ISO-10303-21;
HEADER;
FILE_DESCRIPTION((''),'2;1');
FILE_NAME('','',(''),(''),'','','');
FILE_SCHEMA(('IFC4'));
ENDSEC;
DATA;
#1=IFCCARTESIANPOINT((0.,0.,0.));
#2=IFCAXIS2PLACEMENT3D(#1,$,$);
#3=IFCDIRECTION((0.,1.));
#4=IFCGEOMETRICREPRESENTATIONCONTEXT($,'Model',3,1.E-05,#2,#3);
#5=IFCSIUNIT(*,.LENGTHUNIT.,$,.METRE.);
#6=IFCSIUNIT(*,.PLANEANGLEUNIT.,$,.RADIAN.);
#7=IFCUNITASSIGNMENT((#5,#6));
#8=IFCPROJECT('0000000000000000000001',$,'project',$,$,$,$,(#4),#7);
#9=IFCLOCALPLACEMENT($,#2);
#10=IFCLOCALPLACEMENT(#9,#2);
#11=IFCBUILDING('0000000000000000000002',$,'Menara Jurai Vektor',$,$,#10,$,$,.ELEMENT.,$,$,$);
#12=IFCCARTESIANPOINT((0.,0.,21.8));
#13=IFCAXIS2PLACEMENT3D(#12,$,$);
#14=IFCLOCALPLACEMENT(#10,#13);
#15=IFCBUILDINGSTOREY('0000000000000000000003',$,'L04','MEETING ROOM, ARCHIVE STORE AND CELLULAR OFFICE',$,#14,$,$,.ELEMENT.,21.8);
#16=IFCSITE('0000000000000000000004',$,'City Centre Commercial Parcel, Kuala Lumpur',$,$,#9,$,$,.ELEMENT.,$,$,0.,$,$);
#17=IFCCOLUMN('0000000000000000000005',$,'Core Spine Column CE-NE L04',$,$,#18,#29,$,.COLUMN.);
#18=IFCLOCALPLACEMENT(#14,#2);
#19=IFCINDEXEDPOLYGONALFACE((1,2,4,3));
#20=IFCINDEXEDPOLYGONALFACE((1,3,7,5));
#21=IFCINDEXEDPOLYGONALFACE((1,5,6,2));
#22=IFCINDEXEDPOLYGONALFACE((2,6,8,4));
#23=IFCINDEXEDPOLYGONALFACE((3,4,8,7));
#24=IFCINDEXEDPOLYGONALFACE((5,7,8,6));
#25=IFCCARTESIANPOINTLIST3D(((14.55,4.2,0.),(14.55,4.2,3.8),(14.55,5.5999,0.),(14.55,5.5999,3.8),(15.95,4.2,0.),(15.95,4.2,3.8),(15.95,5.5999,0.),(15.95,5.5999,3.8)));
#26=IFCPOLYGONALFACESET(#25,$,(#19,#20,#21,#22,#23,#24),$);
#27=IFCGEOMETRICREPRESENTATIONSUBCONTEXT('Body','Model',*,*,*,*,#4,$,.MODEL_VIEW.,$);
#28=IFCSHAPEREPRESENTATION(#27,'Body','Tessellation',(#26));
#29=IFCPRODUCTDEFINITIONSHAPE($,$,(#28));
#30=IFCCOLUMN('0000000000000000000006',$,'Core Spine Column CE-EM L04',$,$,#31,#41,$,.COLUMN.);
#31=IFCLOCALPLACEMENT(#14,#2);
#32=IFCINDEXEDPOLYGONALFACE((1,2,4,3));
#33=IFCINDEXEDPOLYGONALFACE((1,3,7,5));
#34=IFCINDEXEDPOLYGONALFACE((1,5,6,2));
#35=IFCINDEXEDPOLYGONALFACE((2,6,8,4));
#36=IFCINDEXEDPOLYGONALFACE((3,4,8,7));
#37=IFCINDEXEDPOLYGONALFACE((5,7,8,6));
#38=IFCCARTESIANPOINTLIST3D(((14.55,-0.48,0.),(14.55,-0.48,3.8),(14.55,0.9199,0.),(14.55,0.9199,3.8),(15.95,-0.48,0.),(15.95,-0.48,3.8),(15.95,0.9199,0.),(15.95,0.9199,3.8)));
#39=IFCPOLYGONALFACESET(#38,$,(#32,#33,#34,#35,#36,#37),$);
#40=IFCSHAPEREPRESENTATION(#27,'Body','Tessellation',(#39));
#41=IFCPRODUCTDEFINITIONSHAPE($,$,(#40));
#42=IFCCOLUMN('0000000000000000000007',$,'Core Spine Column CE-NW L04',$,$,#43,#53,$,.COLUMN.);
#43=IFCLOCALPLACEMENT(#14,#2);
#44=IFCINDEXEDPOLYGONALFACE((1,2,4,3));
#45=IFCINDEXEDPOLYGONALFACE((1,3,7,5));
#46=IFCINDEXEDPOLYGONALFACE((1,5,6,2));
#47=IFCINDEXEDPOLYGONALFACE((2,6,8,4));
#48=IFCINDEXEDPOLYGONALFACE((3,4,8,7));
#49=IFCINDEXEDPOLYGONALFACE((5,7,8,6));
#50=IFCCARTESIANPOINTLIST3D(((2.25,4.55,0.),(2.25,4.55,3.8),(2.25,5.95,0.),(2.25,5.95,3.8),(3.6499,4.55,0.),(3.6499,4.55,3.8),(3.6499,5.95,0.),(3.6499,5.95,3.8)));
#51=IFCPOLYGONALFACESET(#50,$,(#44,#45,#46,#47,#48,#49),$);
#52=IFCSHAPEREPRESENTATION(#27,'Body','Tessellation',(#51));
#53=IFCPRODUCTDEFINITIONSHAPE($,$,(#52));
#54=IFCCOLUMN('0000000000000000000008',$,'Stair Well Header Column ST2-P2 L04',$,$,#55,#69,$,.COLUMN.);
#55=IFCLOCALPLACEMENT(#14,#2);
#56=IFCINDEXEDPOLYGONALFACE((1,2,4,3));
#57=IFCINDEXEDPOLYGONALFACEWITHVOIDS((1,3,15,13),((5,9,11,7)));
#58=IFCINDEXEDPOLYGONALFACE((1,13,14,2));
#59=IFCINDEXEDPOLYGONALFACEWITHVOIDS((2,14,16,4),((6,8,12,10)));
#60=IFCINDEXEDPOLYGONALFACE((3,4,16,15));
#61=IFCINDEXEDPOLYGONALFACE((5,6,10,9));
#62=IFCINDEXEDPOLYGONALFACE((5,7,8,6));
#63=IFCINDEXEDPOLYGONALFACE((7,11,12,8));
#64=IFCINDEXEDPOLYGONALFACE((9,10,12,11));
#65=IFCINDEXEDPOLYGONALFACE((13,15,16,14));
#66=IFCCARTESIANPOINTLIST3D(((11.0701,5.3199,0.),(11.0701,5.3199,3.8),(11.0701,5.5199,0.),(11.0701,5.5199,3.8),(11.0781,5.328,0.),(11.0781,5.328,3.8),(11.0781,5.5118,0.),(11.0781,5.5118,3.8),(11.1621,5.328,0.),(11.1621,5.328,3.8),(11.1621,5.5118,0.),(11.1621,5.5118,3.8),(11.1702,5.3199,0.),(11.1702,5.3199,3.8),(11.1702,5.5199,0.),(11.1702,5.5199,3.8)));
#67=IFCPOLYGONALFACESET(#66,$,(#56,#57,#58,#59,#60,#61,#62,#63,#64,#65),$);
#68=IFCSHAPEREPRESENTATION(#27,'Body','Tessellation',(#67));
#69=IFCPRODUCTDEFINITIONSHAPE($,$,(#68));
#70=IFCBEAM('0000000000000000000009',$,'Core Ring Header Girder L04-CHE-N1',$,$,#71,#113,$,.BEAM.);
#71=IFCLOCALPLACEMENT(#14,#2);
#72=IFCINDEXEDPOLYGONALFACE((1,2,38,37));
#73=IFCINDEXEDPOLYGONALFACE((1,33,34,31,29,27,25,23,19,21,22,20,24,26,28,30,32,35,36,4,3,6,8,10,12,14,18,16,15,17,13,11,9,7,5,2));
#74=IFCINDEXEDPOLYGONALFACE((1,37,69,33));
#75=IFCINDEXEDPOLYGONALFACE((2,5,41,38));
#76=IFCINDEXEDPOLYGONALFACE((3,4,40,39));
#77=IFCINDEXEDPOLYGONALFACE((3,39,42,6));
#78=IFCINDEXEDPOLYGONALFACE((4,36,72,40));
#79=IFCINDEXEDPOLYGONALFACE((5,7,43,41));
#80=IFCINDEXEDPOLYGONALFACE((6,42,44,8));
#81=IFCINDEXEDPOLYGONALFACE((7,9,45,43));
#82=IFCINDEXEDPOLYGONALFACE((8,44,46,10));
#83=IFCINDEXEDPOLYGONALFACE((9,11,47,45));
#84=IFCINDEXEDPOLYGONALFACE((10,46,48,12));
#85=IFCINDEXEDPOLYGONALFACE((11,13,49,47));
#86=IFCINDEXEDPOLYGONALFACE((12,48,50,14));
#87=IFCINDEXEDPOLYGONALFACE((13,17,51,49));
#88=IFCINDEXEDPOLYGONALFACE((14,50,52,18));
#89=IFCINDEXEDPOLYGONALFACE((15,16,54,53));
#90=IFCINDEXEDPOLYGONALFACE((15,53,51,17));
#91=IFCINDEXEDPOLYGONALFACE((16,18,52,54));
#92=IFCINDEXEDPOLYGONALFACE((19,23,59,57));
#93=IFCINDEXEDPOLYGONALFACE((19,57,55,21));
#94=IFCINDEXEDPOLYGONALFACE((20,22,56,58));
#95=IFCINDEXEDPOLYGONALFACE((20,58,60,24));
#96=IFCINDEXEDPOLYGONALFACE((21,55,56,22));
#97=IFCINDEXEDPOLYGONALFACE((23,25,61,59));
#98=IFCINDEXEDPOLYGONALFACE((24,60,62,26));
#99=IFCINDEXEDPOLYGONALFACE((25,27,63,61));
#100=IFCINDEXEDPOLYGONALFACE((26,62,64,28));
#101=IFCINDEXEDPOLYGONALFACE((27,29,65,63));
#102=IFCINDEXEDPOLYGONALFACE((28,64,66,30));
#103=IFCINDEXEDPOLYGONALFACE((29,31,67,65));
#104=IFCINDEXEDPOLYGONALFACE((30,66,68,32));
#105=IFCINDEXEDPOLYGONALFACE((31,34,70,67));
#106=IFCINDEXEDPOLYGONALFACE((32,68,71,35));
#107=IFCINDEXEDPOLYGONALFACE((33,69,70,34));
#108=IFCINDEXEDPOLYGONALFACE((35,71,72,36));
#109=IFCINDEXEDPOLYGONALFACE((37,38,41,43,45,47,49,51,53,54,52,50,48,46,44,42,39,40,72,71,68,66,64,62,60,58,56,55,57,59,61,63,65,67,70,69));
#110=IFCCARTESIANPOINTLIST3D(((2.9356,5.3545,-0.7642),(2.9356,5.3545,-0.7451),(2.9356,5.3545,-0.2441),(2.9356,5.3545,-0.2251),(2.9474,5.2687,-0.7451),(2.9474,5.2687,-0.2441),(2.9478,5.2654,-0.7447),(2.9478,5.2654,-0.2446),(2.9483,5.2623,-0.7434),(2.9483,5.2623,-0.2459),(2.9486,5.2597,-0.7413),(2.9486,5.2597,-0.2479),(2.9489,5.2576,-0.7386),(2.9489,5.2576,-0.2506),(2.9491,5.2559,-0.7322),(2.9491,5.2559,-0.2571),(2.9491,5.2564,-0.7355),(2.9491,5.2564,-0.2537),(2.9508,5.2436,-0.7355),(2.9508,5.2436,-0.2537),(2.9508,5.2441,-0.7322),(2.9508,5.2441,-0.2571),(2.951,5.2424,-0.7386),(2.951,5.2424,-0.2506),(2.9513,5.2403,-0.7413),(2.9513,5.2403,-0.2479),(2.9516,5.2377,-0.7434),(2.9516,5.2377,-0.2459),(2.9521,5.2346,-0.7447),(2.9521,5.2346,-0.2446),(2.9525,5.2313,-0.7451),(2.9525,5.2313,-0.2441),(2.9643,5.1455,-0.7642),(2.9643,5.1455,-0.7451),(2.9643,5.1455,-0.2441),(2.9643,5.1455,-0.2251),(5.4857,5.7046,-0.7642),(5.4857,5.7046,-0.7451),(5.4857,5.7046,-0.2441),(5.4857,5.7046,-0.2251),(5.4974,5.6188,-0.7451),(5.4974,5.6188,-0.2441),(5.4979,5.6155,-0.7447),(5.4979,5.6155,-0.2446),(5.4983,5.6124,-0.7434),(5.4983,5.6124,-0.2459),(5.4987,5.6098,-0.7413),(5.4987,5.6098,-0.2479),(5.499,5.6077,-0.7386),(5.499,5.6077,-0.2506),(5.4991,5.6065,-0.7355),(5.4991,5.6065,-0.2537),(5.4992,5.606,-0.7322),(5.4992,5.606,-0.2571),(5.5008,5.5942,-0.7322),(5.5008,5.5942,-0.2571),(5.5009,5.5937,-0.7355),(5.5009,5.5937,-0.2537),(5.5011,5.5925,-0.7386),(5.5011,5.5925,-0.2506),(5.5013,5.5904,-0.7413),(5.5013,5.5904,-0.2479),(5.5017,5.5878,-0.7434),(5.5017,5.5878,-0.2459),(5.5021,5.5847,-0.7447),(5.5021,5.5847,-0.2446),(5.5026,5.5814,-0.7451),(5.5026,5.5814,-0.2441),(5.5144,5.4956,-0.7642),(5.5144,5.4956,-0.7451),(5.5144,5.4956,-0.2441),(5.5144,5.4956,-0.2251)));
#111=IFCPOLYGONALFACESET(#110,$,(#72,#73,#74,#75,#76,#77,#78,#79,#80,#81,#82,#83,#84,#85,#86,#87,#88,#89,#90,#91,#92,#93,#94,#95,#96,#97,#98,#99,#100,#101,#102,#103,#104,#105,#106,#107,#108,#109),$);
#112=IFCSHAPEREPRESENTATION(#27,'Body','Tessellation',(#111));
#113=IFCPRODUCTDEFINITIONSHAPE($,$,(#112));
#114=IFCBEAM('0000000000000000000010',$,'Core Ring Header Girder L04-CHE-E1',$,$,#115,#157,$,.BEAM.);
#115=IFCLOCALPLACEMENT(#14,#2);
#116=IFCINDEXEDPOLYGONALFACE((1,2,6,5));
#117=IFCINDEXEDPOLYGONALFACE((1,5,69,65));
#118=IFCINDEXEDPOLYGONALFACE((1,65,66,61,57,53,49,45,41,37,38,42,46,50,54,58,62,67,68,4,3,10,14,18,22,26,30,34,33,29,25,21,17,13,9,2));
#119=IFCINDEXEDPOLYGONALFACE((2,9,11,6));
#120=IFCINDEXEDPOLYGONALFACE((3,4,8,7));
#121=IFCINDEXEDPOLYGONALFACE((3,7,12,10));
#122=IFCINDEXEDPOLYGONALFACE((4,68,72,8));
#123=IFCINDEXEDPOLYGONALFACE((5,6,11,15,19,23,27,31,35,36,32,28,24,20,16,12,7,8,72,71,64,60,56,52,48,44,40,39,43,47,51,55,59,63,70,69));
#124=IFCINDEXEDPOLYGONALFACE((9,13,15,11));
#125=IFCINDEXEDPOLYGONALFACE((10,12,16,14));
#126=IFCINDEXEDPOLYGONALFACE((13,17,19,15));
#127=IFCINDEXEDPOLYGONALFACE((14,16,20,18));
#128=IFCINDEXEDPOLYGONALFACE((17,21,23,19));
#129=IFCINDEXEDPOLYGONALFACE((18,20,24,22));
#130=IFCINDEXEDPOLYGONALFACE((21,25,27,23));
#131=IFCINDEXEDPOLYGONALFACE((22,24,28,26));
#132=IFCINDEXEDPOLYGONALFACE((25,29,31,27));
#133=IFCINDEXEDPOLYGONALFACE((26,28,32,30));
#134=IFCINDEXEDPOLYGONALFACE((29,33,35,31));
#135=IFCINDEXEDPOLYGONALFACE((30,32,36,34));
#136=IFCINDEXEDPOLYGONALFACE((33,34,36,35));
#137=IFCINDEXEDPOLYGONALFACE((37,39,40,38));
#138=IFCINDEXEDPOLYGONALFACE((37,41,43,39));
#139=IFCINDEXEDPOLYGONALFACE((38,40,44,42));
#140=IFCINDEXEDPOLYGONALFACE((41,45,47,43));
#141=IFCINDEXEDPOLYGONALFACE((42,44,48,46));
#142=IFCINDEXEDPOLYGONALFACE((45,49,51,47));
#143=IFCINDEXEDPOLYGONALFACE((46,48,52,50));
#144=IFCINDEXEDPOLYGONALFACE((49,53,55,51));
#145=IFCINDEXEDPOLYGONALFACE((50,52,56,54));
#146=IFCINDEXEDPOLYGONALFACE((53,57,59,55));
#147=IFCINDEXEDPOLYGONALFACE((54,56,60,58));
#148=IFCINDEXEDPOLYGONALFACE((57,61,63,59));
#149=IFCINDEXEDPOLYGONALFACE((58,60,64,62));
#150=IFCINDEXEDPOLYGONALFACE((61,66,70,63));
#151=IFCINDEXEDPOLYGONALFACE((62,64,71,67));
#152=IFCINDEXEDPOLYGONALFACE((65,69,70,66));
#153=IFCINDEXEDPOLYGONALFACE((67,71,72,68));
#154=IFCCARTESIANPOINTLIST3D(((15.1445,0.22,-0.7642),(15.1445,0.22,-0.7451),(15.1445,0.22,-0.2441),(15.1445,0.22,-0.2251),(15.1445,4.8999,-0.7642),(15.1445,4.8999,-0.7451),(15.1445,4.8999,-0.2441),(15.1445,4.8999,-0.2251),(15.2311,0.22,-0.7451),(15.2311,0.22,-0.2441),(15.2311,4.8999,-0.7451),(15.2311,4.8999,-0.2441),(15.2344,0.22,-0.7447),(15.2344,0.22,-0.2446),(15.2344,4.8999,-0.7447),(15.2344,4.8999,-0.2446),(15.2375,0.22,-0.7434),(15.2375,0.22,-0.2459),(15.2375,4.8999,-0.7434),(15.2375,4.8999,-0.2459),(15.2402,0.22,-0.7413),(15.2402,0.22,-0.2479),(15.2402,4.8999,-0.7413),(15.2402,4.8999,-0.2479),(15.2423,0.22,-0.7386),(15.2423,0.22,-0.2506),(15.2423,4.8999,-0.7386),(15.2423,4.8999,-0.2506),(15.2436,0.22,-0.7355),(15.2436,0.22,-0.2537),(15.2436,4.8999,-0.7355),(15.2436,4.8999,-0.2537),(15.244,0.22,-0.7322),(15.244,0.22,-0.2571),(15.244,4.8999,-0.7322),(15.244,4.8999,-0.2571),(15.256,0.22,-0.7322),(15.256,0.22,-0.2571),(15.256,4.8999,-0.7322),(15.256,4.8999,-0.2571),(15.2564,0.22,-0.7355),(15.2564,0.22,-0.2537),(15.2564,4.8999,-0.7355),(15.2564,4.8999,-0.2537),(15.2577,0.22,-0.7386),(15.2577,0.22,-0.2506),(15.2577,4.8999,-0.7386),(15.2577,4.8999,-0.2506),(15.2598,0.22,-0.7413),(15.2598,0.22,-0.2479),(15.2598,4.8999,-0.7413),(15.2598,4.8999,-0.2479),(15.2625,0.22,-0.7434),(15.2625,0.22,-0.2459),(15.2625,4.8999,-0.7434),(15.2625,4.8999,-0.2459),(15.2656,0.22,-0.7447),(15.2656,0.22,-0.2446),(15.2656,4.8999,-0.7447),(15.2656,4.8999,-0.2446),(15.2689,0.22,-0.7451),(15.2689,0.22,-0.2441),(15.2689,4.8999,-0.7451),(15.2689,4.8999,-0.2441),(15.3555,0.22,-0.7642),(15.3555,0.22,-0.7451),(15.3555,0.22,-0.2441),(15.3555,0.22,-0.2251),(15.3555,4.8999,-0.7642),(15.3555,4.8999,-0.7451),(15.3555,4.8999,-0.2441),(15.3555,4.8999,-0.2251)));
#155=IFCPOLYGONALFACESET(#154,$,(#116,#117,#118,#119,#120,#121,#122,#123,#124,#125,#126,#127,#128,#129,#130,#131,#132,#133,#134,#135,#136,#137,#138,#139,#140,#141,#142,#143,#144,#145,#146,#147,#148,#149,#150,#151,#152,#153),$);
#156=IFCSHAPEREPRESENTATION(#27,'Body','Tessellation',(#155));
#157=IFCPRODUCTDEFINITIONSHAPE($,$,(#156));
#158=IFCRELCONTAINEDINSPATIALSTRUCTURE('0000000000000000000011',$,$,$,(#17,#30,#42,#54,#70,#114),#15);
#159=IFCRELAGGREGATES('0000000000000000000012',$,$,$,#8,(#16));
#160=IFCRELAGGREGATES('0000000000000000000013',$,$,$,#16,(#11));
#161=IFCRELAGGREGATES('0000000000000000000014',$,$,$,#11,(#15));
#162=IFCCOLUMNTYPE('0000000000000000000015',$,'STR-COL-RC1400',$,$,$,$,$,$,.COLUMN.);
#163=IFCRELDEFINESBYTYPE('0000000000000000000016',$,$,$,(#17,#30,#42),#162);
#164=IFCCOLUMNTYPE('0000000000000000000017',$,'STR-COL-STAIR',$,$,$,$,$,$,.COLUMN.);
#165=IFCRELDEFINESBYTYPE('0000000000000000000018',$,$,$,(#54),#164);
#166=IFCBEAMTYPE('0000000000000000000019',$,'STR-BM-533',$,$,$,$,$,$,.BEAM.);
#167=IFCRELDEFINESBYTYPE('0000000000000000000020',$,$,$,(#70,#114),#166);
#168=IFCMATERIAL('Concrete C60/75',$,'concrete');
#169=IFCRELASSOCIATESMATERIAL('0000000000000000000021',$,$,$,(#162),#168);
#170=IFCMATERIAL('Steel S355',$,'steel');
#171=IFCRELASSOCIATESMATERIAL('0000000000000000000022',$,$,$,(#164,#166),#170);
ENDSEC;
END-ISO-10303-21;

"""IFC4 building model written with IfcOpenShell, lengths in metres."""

from ifc_helpers import new_model, si_unit, direction, frame, origin, origin_2d, place, context, subcontext, project, spatial, rectangle, hollow_rectangle, i_section, extrude, material, material_profile, profile_set, type_object, element, save


model = new_model("IFC4")

# Units and contexts
model_context = context("Model", 3, precision=1e-05, world=origin(), true_north=direction((0.0, 1.0)))
body_context = subcontext(model_context, "Body", "Model", "MODEL_VIEW")
ifc_project = project(units=[si_unit("LENGTHUNIT", "METRE"), si_unit("PLANEANGLEUNIT", "RADIAN")], contexts=[model_context])

# Site, building, storey
site_placement = place(None, origin())
site = spatial("IfcSite", under=ifc_project, at=site_placement, Name="City Centre Commercial Parcel, Kuala Lumpur", CompositionType="ELEMENT", RefElevation=0.0)
building_placement = place(site_placement, origin())
building = spatial("IfcBuilding", under=site, at=building_placement, Name="Menara Jurai Vektor", CompositionType="ELEMENT")
storey_placement = place(building_placement, frame((0.0, 0.0, 21.8)))
storey = spatial("IfcBuildingStorey", under=building, at=storey_placement, Name="L04", Description="MEETING ROOM, ARCHIVE STORE AND CELLULAR OFFICE", CompositionType="ELEMENT", Elevation=21.8)

# Columns
ifc_material_1 = material(Name="Concrete C60/75", Category="concrete")
ifc_material_profile_1 = material_profile(ifc_material_1, rectangle(XDim=1.3999, YDim=1.3999, at=origin_2d()), Name="RC 1400x1400")
ifc_profile_set_1 = profile_set([ifc_material_profile_1], Name="Concrete C60/75")
column_type_1 = type_object("IfcColumnType", Name="STR-COL-RC1400", PredefinedType="COLUMN", material=ifc_profile_set_1)
for number, where, z_axis, x_axis, name in (
    (1, (15.25, 4.8999, 0.0), (0.0, 0.0, 1.0), (1.0, 0.0, 0.0), "Core Spine Column CE-NE L04"),
    (2, (15.25, 0.22, 0.0), (0.0, 0.0, 1.0), (1.0, 0.0, 0.0), "Core Spine Column CE-EM L04"),
    (3, (2.95, 5.25, 0.0), (0.0, 0.0, 1.0), (1.0, 0.0, 0.0), "Core Spine Column CE-NW L04"),
):
    element("IfcColumn", number, at=place(storey_placement, frame(where, z_axis=z_axis, x_axis=x_axis)), inside=storey, type_object=column_type_1, Name=name, PredefinedType="COLUMN", context=body_context, shape_type="SweptSolid", body=[
        extrude(rectangle(XDim=1.3999, YDim=1.3999, at=origin_2d()), origin(), (0.0, 0.0, 1.0), 3.8),
    ])
ifc_material_2 = material(Name="Steel S355", Category="steel")
ifc_material_profile_2 = material_profile(ifc_material_2, hollow_rectangle(XDim=0.1001, YDim=0.2, WallThickness=0.0081, at=origin_2d()), Name="RHS 200x100x8")
ifc_profile_set_2 = profile_set([ifc_material_profile_2], Name="Steel S355")
column_type_2 = type_object("IfcColumnType", Name="STR-COL-STAIR", PredefinedType="COLUMN", material=ifc_profile_set_2)
column_placement = place(storey_placement, frame((11.1201, 5.4199, 0.0), z_axis=(0.0, 0.0, 1.0), x_axis=(1.0, 0.0, 0.0)))
element("IfcColumn", 4, at=column_placement, inside=storey, type_object=column_type_2, Name="Stair Well Header Column ST2-P2 L04", PredefinedType="COLUMN", context=body_context, shape_type="SweptSolid", body=[
    extrude(hollow_rectangle(XDim=0.1001, YDim=0.2, WallThickness=0.0081, at=origin_2d()), origin(), (0.0, 0.0, 1.0), 3.8),
])

# Beams
ifc_material_profile_3 = material_profile(ifc_material_2, i_section(OverallWidth=0.2109, OverallDepth=0.5391, WebThickness=0.012, FlangeThickness=0.019, FilletRadius=0.0129, at=origin_2d()), Name="UKB 533x210x109")
ifc_profile_set_3 = profile_set([ifc_material_profile_3], Name="Steel S355")
beam_type_1 = type_object("IfcBeamType", Name="STR-BM-533", PredefinedType="BEAM", material=ifc_profile_set_3)
beam_1_placement = place(storey_placement, frame((2.95, 5.25, -0.4946), z_axis=(0.990707, 0.136015, 0.0), x_axis=(-0.136015, 0.990707, 0.0)))
element("IfcBeam", 5, at=beam_1_placement, inside=storey, type_object=beam_type_1, Name="Core Ring Header Girder L04-CHE-N1", PredefinedType="BEAM", context=body_context, shape_type="SweptSolid", body=[
    extrude(i_section(OverallWidth=0.2109, OverallDepth=0.5391, WebThickness=0.012, FlangeThickness=0.019, FilletRadius=0.0129, at=origin_2d()), origin(), (0.0, 0.0, 1.0), 2.574),
])
beam_2_placement = place(storey_placement, frame((15.25, 0.22, -0.4946), z_axis=(0.0, 1.0, 0.0), x_axis=(-1.0, 0.0, 0.0)))
element("IfcBeam", 6, at=beam_2_placement, inside=storey, type_object=beam_type_1, Name="Core Ring Header Girder L04-CHE-E1", PredefinedType="BEAM", context=body_context, shape_type="SweptSolid", body=[
    extrude(i_section(OverallWidth=0.2109, OverallDepth=0.5391, WebThickness=0.012, FlangeThickness=0.019, FilletRadius=0.0129, at=origin_2d()), origin(), (0.0, 0.0, 1.0), 4.6799),
])

save(model, "model.ifc")
